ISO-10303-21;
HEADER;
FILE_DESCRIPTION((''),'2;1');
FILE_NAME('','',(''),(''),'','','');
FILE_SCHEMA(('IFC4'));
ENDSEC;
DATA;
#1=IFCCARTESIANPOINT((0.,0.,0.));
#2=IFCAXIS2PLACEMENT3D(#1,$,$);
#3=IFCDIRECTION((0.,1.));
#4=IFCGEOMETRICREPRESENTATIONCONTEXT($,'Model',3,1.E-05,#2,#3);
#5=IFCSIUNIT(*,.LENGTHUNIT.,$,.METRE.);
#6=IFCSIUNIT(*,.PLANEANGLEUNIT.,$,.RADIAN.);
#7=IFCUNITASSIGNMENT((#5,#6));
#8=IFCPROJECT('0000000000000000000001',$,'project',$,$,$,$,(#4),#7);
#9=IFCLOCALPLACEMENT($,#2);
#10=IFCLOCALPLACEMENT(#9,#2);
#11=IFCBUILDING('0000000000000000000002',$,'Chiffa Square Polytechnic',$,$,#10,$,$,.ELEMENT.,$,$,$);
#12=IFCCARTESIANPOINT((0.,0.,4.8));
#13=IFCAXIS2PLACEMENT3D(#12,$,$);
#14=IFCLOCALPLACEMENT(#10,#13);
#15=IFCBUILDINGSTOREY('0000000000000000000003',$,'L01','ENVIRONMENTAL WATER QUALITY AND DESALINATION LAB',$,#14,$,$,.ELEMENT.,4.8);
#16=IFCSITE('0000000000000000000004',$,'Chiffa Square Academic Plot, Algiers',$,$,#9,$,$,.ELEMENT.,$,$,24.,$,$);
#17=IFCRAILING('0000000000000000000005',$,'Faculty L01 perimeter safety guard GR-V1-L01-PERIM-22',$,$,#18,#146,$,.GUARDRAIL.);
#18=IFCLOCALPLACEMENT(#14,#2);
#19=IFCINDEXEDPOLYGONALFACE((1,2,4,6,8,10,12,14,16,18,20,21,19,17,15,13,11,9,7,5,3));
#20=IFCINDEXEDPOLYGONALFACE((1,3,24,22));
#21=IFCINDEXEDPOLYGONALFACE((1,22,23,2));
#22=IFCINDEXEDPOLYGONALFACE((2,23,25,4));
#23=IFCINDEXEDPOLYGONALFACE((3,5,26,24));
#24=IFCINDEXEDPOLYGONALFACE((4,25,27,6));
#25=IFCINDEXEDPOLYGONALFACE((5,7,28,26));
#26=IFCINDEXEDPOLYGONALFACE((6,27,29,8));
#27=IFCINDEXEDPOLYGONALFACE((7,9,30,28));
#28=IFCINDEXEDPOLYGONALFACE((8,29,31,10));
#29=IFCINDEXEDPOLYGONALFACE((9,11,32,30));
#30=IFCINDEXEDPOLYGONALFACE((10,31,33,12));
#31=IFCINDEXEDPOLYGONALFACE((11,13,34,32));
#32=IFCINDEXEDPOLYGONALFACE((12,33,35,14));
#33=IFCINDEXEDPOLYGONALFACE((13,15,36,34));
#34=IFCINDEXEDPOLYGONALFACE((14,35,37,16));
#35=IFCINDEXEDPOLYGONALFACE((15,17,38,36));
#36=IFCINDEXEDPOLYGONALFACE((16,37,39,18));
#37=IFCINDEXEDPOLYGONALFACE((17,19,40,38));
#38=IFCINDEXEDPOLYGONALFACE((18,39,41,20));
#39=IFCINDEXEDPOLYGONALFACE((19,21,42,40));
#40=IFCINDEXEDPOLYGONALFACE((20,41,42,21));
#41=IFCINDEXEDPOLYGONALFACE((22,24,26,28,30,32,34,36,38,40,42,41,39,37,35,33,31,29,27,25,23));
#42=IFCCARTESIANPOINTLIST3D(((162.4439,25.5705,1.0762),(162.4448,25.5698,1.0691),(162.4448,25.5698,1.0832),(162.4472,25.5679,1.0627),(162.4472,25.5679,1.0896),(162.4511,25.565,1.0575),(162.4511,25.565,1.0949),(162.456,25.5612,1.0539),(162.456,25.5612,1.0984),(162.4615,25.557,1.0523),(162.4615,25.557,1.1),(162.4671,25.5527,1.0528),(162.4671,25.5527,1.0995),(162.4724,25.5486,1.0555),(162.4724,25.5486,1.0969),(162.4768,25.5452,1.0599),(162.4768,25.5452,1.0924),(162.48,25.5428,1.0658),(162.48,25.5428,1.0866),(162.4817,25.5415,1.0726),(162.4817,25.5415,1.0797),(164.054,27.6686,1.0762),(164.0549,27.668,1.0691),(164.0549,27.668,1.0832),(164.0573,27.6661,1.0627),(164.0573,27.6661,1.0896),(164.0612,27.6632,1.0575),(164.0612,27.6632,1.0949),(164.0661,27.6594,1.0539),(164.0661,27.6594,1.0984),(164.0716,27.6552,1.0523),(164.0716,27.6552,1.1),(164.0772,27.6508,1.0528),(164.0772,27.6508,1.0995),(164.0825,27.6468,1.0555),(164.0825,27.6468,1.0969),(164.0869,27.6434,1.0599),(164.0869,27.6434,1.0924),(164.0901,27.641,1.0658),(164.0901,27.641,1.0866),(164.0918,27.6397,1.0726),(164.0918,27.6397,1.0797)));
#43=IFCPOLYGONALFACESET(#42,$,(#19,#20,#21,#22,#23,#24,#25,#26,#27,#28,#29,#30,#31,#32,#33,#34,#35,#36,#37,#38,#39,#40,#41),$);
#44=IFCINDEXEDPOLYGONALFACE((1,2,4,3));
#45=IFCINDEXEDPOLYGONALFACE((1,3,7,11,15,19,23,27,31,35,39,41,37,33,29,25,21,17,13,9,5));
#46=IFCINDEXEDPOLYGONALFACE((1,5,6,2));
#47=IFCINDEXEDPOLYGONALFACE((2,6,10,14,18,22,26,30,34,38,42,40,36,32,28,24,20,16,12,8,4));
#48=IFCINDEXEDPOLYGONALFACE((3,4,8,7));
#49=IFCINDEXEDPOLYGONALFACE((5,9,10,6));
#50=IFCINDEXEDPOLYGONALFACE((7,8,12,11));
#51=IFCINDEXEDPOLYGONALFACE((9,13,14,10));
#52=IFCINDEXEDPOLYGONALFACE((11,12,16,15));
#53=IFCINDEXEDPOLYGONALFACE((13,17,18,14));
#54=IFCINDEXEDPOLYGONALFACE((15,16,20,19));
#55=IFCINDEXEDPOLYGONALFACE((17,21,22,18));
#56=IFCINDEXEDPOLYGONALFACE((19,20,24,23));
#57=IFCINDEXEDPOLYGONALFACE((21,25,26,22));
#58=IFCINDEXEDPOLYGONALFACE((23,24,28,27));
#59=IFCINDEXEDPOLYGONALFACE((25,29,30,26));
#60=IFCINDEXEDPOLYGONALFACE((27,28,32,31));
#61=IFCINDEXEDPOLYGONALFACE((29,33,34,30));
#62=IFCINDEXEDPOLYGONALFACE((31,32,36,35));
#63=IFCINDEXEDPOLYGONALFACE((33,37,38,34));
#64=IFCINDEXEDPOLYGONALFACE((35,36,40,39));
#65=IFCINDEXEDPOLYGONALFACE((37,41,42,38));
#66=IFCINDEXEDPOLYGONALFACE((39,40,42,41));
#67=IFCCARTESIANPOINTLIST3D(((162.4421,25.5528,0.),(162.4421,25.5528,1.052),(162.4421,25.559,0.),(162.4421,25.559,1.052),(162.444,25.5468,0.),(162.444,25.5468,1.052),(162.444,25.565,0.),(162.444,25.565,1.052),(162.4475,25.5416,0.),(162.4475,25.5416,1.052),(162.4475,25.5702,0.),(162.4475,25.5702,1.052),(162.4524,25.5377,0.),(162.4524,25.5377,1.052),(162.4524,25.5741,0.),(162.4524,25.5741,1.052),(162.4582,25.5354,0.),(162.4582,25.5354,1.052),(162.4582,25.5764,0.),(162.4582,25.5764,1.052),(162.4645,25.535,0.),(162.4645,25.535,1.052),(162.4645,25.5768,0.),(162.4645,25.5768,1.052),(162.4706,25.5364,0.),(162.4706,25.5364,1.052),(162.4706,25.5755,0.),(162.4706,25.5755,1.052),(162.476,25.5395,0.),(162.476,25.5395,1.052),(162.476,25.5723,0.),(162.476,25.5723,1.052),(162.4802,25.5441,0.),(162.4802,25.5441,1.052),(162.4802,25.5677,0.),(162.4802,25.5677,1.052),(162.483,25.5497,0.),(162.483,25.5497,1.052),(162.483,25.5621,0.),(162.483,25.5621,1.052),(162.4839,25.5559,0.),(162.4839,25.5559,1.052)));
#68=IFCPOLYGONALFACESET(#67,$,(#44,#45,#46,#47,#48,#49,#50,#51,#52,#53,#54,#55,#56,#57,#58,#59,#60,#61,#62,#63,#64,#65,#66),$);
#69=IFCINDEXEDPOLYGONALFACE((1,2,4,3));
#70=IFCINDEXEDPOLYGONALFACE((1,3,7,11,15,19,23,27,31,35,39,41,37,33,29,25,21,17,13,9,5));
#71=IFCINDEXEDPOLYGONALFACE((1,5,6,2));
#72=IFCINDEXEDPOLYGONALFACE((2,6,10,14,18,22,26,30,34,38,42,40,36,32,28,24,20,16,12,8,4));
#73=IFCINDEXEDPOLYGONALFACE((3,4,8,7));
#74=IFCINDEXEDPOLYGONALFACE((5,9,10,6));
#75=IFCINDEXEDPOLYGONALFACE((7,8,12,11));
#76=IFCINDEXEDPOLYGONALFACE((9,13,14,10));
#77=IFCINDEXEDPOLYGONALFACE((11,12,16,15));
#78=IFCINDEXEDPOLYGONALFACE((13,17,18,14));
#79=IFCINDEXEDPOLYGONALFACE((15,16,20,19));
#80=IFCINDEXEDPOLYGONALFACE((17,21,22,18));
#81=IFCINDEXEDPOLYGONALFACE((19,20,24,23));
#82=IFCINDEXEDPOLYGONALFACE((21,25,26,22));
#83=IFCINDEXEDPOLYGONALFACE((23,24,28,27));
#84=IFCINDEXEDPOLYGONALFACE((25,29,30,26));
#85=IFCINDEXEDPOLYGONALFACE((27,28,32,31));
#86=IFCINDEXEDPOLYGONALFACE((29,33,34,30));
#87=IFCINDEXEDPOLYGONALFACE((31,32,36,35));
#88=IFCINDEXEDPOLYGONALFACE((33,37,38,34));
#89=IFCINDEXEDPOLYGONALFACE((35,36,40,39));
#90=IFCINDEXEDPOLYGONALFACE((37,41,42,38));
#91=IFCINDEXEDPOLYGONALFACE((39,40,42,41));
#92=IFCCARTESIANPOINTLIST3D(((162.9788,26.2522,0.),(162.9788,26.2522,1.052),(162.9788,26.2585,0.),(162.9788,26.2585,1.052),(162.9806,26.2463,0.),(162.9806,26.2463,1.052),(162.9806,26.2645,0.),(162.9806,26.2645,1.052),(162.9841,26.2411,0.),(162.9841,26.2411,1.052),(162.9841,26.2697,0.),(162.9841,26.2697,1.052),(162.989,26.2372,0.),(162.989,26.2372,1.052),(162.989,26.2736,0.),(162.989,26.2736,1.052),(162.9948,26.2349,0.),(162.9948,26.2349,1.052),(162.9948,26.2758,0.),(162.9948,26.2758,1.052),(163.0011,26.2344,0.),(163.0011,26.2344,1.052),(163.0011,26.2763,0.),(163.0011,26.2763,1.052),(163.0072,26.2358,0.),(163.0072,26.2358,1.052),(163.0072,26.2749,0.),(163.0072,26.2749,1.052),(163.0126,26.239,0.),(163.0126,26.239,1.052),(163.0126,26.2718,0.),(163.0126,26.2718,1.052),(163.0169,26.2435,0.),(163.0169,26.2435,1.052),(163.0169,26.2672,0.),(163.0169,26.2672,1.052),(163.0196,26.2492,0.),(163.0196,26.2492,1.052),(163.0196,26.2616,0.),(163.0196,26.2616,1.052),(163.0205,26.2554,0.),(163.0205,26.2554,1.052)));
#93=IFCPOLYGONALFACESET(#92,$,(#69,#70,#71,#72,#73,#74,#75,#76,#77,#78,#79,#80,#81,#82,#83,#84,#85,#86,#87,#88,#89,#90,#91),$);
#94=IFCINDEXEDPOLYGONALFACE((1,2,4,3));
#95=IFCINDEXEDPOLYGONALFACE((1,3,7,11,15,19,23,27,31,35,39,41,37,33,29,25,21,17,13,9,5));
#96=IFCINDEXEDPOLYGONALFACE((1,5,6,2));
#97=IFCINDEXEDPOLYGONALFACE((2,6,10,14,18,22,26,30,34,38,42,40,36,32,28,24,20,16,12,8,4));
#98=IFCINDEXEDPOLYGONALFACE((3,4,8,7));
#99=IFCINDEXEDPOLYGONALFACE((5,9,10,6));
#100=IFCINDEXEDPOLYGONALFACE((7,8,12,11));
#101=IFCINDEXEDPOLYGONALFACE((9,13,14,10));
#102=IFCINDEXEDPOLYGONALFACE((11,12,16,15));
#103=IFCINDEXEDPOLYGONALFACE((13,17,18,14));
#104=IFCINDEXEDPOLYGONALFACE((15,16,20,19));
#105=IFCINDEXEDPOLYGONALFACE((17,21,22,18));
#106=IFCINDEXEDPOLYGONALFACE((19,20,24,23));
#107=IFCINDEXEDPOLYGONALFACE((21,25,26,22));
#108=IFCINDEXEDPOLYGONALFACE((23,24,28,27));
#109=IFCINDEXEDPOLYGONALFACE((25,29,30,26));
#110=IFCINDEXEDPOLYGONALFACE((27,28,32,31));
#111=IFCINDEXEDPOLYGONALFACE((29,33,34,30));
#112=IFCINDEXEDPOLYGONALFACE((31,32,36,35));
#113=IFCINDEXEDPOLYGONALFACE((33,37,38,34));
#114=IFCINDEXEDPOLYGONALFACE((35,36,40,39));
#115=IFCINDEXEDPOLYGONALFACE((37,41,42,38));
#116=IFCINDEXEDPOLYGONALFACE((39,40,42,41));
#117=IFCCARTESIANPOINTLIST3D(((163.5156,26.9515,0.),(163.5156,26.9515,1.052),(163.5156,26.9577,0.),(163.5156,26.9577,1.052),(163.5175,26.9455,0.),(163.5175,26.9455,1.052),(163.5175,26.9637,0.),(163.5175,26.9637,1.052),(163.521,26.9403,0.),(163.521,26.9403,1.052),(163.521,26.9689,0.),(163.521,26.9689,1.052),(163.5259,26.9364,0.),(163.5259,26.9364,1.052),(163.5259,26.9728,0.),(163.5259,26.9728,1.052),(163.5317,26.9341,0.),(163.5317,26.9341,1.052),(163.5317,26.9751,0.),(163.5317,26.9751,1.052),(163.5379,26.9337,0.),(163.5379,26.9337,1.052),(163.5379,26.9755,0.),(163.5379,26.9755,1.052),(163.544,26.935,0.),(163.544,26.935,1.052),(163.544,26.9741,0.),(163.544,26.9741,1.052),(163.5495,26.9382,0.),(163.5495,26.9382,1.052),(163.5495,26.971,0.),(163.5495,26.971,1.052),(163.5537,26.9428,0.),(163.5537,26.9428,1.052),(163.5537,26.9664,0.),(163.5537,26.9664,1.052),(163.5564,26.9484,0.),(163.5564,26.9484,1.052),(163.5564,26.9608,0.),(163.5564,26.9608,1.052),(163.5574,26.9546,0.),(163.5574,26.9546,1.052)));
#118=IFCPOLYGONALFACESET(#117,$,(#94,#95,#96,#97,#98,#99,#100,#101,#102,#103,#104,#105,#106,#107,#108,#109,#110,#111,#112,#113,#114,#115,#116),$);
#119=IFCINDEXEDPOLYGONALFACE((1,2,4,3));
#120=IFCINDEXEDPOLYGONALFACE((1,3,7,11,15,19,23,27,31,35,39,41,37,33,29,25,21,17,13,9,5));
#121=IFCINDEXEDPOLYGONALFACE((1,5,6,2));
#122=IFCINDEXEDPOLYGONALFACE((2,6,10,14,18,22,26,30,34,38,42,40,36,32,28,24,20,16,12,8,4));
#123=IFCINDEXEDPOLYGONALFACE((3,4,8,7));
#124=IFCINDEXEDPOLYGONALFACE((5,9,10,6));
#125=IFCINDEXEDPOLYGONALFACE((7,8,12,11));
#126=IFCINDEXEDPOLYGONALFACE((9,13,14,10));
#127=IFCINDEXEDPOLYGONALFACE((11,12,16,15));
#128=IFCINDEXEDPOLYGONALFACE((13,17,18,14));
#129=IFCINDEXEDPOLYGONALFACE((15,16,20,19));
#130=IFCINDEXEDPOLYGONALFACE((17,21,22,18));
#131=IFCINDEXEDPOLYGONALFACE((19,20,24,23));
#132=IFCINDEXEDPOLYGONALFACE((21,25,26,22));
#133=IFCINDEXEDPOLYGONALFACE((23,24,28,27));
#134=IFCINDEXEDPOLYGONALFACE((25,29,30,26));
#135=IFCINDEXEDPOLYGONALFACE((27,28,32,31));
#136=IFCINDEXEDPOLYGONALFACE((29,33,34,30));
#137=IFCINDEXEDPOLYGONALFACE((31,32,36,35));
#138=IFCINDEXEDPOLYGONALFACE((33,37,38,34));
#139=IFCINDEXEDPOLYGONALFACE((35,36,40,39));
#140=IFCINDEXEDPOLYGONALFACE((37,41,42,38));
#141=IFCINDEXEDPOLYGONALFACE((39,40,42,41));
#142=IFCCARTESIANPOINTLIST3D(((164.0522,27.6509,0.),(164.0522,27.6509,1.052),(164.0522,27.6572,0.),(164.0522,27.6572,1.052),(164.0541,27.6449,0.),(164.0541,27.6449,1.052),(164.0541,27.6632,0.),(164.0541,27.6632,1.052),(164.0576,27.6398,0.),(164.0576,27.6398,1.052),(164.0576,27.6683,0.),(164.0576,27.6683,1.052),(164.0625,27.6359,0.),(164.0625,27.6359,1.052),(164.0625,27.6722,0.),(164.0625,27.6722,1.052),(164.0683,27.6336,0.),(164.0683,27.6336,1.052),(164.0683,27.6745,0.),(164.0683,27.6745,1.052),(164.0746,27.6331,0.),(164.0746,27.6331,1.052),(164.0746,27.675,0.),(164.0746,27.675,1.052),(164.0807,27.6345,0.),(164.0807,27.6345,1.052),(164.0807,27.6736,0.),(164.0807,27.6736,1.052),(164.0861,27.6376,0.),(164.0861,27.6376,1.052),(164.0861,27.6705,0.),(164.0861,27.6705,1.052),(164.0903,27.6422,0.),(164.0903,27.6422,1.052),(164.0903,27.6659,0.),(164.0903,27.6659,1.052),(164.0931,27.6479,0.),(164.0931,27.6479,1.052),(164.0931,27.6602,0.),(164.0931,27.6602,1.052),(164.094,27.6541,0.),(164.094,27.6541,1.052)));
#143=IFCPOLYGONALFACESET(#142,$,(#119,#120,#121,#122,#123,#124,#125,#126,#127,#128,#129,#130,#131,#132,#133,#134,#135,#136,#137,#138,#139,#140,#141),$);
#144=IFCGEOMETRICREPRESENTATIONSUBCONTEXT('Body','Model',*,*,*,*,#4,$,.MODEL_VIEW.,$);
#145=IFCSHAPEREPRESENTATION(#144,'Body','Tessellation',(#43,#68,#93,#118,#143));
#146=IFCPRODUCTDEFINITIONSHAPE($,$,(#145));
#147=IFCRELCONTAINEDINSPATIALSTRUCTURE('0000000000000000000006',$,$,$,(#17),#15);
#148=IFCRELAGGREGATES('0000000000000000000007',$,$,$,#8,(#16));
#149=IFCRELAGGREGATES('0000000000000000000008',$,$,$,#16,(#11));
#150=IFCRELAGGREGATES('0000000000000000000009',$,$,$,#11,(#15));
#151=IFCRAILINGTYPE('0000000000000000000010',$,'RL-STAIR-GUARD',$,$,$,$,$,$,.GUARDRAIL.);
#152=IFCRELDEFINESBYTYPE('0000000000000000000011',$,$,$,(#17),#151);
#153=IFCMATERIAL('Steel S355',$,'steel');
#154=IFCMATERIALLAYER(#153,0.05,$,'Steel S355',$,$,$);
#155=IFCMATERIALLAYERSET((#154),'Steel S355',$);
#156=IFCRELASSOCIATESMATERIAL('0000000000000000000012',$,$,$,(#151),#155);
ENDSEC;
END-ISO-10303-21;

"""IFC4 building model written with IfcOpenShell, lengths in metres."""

from ifc_helpers import new_model, si_unit, direction, frame, origin, origin_2d, place, context, subcontext, project, spatial, circle, extrude, material, layer, layer_set, type_object, element, save


model = new_model("IFC4")

# Units and contexts
model_context = context("Model", 3, precision=1e-05, world=origin(), true_north=direction((0.0, 1.0)))
body_context = subcontext(model_context, "Body", "Model", "MODEL_VIEW")
ifc_project = project(units=[si_unit("LENGTHUNIT", "METRE"), si_unit("PLANEANGLEUNIT", "RADIAN")], contexts=[model_context])

# Site, building, storey
site_placement = place(None, origin())
site = spatial("IfcSite", under=ifc_project, at=site_placement, Name="Chiffa Square Academic Plot, Algiers", CompositionType="ELEMENT", RefElevation=24.0)
building_placement = place(site_placement, origin())
building = spatial("IfcBuilding", under=site, at=building_placement, Name="Chiffa Square Polytechnic", CompositionType="ELEMENT")
storey_placement = place(building_placement, frame((0.0, 0.0, 4.8)))
storey = spatial("IfcBuildingStorey", under=building, at=storey_placement, Name="L01", Description="ENVIRONMENTAL WATER QUALITY AND DESALINATION LAB", CompositionType="ELEMENT", Elevation=4.8)

# Shared definitions
ifc_material_1 = material(Name="Steel S355", Category="steel")

# Railing
ifc_layer_1 = layer(ifc_material_1, 0.05, Name="Steel S355")
ifc_layer_set_1 = layer_set([ifc_layer_1], Name="Steel S355")
railing_type = type_object("IfcRailingType", Name="RL-STAIR-GUARD", PredefinedType="GUARDRAIL", material=ifc_layer_set_1)
railing_1_placement = place(storey_placement, frame((162.4629, 25.5559, 0.0)))
element("IfcRailing", 1, at=railing_1_placement, inside=storey, type_object=railing_type, Name="Faculty L01 perimeter safety guard GR-V1-L01-PERIM-22", PredefinedType="GUARDRAIL", context=body_context, shape_type="SweptSolid", body=[
    extrude(circle(Radius=0.0239, at=origin_2d()), frame((0.0, 0.0, 1.0762), z_axis=(0.608796, 0.793327, 0.0), x_axis=(-0.793327, 0.608796, 0.0)), (0.0, 0.0, 1.0), 2.6448),
    extrude(circle(Radius=0.021, at=origin_2d()), origin(), (0.0, 0.0, 1.0), 1.052),
    extrude(circle(Radius=0.021, at=origin_2d()), frame((0.5366, 0.6995, 0.0)), (0.0, 0.0, 1.0), 1.052),
    extrude(circle(Radius=0.021, at=origin_2d()), frame((1.0735, 1.3987, 0.0)), (0.0, 0.0, 1.0), 1.052),
    extrude(circle(Radius=0.021, at=origin_2d()), frame((1.6101, 2.0981, 0.0)), (0.0, 0.0, 1.0), 1.052),
])

save(model, "model.ifc")
